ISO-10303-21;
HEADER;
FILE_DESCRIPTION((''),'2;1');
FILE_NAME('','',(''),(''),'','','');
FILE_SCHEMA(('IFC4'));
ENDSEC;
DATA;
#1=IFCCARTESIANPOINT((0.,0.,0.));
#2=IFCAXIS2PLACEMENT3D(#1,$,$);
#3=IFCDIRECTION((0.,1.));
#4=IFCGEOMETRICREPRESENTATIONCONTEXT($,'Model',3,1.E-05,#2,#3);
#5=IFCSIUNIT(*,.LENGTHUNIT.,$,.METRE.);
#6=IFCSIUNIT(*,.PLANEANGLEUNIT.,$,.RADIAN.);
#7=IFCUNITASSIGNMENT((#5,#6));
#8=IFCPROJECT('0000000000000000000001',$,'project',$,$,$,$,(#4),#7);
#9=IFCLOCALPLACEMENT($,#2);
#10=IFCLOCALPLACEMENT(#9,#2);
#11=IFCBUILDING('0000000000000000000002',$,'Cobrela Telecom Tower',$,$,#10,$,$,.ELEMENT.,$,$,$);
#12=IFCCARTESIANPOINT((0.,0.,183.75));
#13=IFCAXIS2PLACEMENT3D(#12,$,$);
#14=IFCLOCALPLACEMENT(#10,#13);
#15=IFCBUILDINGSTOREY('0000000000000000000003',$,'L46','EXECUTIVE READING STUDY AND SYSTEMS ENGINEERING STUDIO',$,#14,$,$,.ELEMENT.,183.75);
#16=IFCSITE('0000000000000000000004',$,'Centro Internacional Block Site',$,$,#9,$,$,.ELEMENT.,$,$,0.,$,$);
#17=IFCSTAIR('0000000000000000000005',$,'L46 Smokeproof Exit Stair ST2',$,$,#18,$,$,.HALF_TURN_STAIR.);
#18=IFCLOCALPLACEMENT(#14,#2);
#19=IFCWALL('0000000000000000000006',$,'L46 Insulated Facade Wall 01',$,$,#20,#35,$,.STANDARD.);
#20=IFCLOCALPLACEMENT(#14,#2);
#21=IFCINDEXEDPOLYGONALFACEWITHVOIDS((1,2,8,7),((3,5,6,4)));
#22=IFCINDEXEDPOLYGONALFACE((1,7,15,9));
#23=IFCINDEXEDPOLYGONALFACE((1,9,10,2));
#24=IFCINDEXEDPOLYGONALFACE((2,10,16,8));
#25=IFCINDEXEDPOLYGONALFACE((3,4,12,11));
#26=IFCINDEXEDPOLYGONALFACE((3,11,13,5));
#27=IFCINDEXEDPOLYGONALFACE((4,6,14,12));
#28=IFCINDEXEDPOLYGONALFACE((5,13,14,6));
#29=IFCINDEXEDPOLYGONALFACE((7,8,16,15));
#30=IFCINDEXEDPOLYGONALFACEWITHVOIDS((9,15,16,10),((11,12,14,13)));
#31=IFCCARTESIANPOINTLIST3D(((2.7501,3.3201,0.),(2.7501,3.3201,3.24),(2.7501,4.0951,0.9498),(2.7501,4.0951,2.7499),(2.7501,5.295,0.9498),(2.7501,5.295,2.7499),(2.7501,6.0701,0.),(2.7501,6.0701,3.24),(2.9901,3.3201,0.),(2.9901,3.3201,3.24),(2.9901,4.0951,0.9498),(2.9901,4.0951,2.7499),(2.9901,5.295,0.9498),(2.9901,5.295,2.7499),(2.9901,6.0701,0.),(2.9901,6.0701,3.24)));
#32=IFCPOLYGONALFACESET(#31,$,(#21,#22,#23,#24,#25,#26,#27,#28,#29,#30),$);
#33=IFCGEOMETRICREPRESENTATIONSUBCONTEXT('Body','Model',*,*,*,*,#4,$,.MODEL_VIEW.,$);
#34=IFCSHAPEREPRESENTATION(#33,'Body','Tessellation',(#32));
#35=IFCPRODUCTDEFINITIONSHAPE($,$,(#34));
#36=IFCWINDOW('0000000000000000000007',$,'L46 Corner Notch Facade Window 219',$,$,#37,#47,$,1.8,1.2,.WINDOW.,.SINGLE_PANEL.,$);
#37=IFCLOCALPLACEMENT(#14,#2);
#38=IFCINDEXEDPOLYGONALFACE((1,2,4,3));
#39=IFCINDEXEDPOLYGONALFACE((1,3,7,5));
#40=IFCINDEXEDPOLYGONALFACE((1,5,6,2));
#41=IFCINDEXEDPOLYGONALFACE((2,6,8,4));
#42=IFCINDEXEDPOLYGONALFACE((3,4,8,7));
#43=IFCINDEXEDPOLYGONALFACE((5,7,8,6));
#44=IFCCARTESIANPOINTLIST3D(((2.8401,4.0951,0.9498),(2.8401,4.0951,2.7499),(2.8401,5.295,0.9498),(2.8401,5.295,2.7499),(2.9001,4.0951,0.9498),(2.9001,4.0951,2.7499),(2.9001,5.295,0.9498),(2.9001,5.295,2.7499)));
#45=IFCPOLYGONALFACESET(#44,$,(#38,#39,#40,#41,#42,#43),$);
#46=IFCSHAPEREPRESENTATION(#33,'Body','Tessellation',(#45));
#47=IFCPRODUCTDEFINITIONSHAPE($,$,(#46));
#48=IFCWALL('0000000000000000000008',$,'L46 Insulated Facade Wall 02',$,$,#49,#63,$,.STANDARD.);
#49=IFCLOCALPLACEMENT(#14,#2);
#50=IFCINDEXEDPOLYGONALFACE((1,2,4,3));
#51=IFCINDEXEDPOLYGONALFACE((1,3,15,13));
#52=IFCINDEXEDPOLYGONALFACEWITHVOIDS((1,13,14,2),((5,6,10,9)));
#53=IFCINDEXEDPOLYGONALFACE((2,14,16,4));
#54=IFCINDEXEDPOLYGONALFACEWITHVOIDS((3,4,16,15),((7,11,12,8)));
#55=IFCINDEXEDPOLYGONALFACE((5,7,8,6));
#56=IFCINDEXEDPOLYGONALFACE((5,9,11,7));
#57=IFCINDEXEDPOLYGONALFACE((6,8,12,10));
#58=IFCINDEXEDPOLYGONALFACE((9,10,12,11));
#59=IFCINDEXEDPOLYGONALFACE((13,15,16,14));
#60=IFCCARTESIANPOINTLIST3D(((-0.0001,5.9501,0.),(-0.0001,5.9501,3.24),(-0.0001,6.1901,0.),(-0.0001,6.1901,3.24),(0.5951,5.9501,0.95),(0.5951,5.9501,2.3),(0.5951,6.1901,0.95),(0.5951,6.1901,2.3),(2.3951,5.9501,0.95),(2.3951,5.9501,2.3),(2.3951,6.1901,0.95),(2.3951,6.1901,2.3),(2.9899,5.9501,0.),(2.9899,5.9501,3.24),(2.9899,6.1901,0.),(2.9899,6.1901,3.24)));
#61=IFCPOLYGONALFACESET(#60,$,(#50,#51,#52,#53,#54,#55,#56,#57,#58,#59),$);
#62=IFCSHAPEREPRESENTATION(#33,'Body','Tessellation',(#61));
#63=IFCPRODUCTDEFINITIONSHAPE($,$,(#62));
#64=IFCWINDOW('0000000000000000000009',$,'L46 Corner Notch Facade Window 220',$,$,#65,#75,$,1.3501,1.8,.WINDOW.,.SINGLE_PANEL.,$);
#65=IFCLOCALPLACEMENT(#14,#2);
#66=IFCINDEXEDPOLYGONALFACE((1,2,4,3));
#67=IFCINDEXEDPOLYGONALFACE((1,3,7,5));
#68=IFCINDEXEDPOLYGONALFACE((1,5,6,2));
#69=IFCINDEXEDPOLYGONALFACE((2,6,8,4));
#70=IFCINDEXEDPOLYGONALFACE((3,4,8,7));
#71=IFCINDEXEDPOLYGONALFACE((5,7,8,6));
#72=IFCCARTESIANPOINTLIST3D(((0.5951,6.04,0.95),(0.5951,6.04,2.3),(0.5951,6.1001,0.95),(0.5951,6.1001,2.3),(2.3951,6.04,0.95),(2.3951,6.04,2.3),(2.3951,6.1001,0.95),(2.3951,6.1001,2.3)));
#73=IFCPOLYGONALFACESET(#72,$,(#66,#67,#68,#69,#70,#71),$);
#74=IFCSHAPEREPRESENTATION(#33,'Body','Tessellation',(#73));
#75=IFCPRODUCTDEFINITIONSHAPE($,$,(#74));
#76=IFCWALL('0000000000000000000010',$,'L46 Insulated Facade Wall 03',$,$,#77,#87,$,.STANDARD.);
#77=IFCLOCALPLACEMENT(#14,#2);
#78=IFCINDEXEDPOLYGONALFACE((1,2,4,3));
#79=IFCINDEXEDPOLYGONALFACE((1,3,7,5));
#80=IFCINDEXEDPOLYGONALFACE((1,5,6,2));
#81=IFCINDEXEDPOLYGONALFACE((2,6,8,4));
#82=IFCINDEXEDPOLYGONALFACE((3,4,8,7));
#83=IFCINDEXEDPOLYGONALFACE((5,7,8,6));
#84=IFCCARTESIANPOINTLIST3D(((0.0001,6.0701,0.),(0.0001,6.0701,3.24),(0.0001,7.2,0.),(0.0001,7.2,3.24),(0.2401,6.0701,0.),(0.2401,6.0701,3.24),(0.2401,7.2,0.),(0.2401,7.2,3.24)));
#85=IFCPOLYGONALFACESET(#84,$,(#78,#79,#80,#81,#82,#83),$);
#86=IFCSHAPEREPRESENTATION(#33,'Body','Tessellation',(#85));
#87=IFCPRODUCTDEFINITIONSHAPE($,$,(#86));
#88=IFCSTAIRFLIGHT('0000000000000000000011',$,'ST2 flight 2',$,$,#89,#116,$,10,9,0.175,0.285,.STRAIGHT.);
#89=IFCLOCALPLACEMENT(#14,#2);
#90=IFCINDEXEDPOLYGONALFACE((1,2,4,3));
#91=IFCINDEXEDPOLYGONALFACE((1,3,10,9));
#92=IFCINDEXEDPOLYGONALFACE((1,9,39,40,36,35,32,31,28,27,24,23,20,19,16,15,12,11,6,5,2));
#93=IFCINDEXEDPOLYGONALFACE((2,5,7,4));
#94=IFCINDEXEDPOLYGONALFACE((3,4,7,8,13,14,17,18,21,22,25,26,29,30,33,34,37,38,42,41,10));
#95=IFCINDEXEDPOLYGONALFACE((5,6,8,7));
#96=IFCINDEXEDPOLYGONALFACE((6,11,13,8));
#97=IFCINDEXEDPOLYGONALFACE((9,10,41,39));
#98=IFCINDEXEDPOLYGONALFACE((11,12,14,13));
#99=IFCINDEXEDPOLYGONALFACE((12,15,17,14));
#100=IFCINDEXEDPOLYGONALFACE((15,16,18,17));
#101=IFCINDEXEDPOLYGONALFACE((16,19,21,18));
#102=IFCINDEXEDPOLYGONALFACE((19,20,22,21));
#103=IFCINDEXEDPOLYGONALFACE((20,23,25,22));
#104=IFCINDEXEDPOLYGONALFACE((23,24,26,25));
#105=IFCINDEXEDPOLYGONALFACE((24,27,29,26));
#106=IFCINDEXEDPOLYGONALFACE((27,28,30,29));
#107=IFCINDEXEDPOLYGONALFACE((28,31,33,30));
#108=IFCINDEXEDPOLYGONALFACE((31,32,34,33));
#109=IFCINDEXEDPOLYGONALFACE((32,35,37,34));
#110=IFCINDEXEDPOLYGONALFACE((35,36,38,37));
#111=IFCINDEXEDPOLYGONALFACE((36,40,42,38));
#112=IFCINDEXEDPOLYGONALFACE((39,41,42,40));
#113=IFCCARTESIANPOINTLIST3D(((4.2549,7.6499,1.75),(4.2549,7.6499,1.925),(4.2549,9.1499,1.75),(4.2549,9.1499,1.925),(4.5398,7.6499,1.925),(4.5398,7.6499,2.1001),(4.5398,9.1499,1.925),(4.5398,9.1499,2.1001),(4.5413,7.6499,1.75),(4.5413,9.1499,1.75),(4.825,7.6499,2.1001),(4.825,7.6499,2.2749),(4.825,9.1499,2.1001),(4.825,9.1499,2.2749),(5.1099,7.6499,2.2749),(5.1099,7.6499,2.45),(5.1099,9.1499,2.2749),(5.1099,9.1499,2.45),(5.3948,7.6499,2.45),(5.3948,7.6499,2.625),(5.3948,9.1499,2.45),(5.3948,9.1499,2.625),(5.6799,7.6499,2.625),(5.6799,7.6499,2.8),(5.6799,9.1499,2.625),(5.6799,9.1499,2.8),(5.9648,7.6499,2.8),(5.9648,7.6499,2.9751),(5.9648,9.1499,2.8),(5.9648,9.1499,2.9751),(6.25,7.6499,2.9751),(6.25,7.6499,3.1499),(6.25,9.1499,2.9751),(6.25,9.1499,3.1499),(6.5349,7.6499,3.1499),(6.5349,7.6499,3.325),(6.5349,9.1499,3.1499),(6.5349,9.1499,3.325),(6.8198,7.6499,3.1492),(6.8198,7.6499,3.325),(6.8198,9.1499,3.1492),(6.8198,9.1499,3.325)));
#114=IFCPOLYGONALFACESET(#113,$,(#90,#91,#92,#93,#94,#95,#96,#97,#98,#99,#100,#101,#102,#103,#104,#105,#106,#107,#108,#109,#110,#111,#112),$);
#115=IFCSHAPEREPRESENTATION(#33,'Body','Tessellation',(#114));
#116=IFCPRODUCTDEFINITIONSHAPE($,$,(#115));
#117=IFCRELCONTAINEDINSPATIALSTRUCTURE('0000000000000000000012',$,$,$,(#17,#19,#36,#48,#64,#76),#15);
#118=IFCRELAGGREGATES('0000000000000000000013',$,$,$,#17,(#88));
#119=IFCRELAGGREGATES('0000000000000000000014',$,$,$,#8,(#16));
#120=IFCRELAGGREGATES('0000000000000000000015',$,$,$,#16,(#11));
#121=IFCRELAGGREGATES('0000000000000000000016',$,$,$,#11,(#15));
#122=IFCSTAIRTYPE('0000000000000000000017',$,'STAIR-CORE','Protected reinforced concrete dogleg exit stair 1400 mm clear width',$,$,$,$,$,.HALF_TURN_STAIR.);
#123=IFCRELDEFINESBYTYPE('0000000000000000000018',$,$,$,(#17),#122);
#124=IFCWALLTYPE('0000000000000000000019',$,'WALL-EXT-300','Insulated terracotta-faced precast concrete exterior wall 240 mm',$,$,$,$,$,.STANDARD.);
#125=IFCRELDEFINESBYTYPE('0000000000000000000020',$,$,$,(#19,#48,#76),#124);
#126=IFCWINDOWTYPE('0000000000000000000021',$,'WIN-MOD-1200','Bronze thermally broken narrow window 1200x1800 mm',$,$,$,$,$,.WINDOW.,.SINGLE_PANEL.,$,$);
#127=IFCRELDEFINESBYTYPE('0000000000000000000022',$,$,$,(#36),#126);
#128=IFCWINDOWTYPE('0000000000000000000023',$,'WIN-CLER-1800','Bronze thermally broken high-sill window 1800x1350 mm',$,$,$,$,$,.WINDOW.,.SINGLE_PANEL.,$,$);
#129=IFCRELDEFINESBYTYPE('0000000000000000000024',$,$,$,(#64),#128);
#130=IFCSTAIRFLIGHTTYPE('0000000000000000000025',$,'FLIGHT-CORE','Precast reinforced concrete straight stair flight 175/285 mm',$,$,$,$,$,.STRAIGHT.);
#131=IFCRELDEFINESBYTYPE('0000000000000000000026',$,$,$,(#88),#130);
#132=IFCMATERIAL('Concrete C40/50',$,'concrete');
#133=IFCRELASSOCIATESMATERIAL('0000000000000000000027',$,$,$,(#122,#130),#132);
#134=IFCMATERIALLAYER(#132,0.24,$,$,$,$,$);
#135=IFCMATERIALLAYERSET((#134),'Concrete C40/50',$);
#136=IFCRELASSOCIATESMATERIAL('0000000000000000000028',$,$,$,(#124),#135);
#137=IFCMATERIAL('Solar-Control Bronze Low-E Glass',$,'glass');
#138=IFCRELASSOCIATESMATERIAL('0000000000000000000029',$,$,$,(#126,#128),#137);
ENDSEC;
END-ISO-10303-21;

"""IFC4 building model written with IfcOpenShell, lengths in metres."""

from ifc_helpers import new_model, si_unit, direction, frame, frame_2d, origin, place, context, subcontext, project, spatial, polyline, rectangle, outline, extrude, material, layer, layer_set, type_object, element, fill, aggregate, save


model = new_model("IFC4")

# Units and contexts
model_context = context("Model", 3, precision=1e-05, world=origin(), true_north=direction((0.0, 1.0)))
body_context = subcontext(model_context, "Body", "Model", "MODEL_VIEW")
ifc_project = project(units=[si_unit("LENGTHUNIT", "METRE"), si_unit("PLANEANGLEUNIT", "RADIAN")], contexts=[model_context])

# Site, building, storey
site_placement = place(None, origin())
site = spatial("IfcSite", under=ifc_project, at=site_placement, Name="Centro Internacional Block Site", CompositionType="ELEMENT", RefElevation=0.0)
building_placement = place(site_placement, origin())
building = spatial("IfcBuilding", under=site, at=building_placement, Name="Cobrela Telecom Tower", CompositionType="ELEMENT")
storey_placement = place(building_placement, frame((0.0, 0.0, 183.75)))
storey = spatial("IfcBuildingStorey", under=building, at=storey_placement, Name="L46", Description="EXECUTIVE READING STUDY AND SYSTEMS ENGINEERING STUDIO", CompositionType="ELEMENT", Elevation=183.75)

# Shared definitions
ifc_material_1 = material(Name="Solar-Control Bronze Low-E Glass", Category="glass")

# Shared definitions
ifc_material_2 = material(Name="Concrete C40/50", Category="concrete")

# Stair
stair_type = type_object("IfcStairType", Name="STAIR-CORE", Description="Protected reinforced concrete dogleg exit stair 1400 mm clear width", PredefinedType="HALF_TURN_STAIR", material=ifc_material_2)
stair_1_placement = place(storey_placement, origin())
stair_1 = element("IfcStair", 1, at=stair_1_placement, inside=storey, type_object=stair_type, Name="L46 Smokeproof Exit Stair ST2", PredefinedType="HALF_TURN_STAIR")

# Walls, openings, windows
ifc_layer_1 = layer(ifc_material_2, 0.24)
ifc_layer_set_1 = layer_set([ifc_layer_1], Name="Concrete C40/50")
wall_type_1 = type_object("IfcWallType", Name="WALL-EXT-300", Description="Insulated terracotta-faced precast concrete exterior wall 240 mm", PredefinedType="STANDARD", material=ifc_layer_set_1)
wall_1_placement = place(storey_placement, frame((2.8701, 3.3201, 0.0), z_axis=(0.0, 0.0, 1.0), x_axis=(0.0, 1.0, 0.0)))
wall_1 = element("IfcWall", 2, at=wall_1_placement, inside=storey, type_object=wall_type_1, Name="L46 Insulated Facade Wall 01", PredefinedType="STANDARD", context=body_context, shape_type="SweptSolid", body=[
    extrude(rectangle(XDim=2.75, YDim=0.24, at=frame_2d((1.375, 0.0))), origin(), (0.0, 0.0, 1.0), 3.24),
])
opening_1_placement = place(wall_1_placement, frame((0.7749, 0.0, 0.95)))
opening_1 = element("IfcOpeningElement", 3, at=opening_1_placement, cuts=wall_1, PredefinedType="OPENING", context=body_context, shape_type="SweptSolid", body=[
    extrude(rectangle(XDim=1.2, YDim=1.8, at=frame_2d((0.6001, 0.8999))), frame((0.0, 0.1318, 0.0), z_axis=(0.0, -1.0, 0.0), x_axis=(1.0, 0.0, 0.0)), (0.0, 0.0, 1.0), 0.2639),
])
window_type_1 = type_object("IfcWindowType", Name="WIN-MOD-1200", Description="Bronze thermally broken narrow window 1200x1800 mm", PartitioningType="SINGLE_PANEL", PredefinedType="WINDOW", material=ifc_material_1)
window_1_placement = place(opening_1_placement, origin())
window_1 = element("IfcWindow", 4, at=window_1_placement, inside=storey, type_object=window_type_1, Name="L46 Corner Notch Facade Window 219", OverallHeight=1.8, OverallWidth=1.2, PartitioningType="SINGLE_PANEL", PredefinedType="WINDOW", context=body_context, shape_type="SweptSolid", body=[
    extrude(rectangle(XDim=1.2, YDim=1.8, at=frame_2d((0.6001, 0.8999))), frame((0.0, 0.03, 0.0), z_axis=(0.0, -1.0, 0.0), x_axis=(1.0, 0.0, 0.0)), (0.0, 0.0, 1.0), 0.0601),
])
fill(opening_1, window_1)
wall_2_placement = place(storey_placement, frame((2.99, 6.0701, 0.0), z_axis=(0.0, 0.0, 1.0), x_axis=(-1.0, 0.0, 0.0)))
wall_2 = element("IfcWall", 5, at=wall_2_placement, inside=storey, type_object=wall_type_1, Name="L46 Insulated Facade Wall 02", PredefinedType="STANDARD", context=body_context, shape_type="SweptSolid", body=[
    extrude(rectangle(XDim=2.99, YDim=0.24, at=frame_2d((1.4951, 0.0))), origin(), (0.0, 0.0, 1.0), 3.24),
])
opening_2_placement = place(wall_2_placement, frame((0.595, 0.0, 0.95)))
opening_2 = element("IfcOpeningElement", 6, at=opening_2_placement, cuts=wall_2, PredefinedType="OPENING", context=body_context, shape_type="SweptSolid", body=[
    extrude(rectangle(XDim=1.8, YDim=1.3501, at=frame_2d((0.8999, 0.675))), frame((0.0, 0.1318, 0.0), z_axis=(0.0, -1.0, 0.0), x_axis=(1.0, 0.0, 0.0)), (0.0, 0.0, 1.0), 0.2639),
])
window_type_2 = type_object("IfcWindowType", Name="WIN-CLER-1800", Description="Bronze thermally broken high-sill window 1800x1350 mm", PartitioningType="SINGLE_PANEL", PredefinedType="WINDOW", material=ifc_material_1)
window_2_placement = place(opening_2_placement, origin())
window_2 = element("IfcWindow", 7, at=window_2_placement, inside=storey, type_object=window_type_2, Name="L46 Corner Notch Facade Window 220", OverallHeight=1.3501, OverallWidth=1.8, PartitioningType="SINGLE_PANEL", PredefinedType="WINDOW", context=body_context, shape_type="SweptSolid", body=[
    extrude(rectangle(XDim=1.8, YDim=1.3501, at=frame_2d((0.8999, 0.675))), frame((0.0, 0.03, 0.0), z_axis=(0.0, -1.0, 0.0), x_axis=(1.0, 0.0, 0.0)), (0.0, 0.0, 1.0), 0.0601),
])
fill(opening_2, window_2)

# Wall
wall_3_placement = place(storey_placement, frame((0.1201, 6.0701, 0.0), z_axis=(0.0, 0.0, 1.0), x_axis=(0.0, 1.0, 0.0)))
element("IfcWall", 8, at=wall_3_placement, inside=storey, type_object=wall_type_1, Name="L46 Insulated Facade Wall 03", PredefinedType="STANDARD", context=body_context, shape_type="SweptSolid", body=[
    extrude(rectangle(XDim=1.1299, YDim=0.24, at=frame_2d((0.5649, 0.0))), origin(), (0.0, 0.0, 1.0), 3.24),
])

# Stair flight
stair_flight_type = type_object("IfcStairFlightType", Name="FLIGHT-CORE", Description="Precast reinforced concrete straight stair flight 175/285 mm", PredefinedType="STRAIGHT", material=ifc_material_2)
stair_flight_placement = place(storey_placement, frame((4.2549, 8.3999, 1.75), z_axis=(0.0, 0.0, 1.0), x_axis=(1.0, 0.0, 0.0)))
stair_flight = element("IfcStairFlight", 9, at=stair_flight_placement, type_object=stair_flight_type, Name="ST2 flight 2", NumberOfRisers=10, NumberOfTreads=9, PredefinedType="STRAIGHT", RiserHeight=0.175, TreadLength=0.285, context=body_context, shape_type="SweptSolid", body=[
    extrude(outline(polyline([(0.0, 0.0), (0.0, 0.175), (0.2849, 0.175), (0.2849, 0.3501), (0.5701, 0.3501), (0.5701, 0.5249), (0.855, 0.5249), (0.855, 0.7), (1.1399, 0.7), (1.1399, 0.875), (1.425, 0.875), (1.425, 1.05), (1.71, 1.05), (1.71, 1.2251), (1.9951, 1.2251), (1.9951, 1.3999), (2.28, 1.3999), (2.28, 1.575), (2.5649, 1.575), (2.5649, 1.75), (2.5649, 1.3992), (0.2864, 0.0), (0.0, 0.0)])), frame((0.0, 0.75, 0.0), z_axis=(0.0, -1.0, 0.0), x_axis=(1.0, 0.0, 0.0)), (0.0, 0.0, 1.0), 1.5),
])
aggregate(stair_1, [stair_flight])

save(model, "model.ifc")
